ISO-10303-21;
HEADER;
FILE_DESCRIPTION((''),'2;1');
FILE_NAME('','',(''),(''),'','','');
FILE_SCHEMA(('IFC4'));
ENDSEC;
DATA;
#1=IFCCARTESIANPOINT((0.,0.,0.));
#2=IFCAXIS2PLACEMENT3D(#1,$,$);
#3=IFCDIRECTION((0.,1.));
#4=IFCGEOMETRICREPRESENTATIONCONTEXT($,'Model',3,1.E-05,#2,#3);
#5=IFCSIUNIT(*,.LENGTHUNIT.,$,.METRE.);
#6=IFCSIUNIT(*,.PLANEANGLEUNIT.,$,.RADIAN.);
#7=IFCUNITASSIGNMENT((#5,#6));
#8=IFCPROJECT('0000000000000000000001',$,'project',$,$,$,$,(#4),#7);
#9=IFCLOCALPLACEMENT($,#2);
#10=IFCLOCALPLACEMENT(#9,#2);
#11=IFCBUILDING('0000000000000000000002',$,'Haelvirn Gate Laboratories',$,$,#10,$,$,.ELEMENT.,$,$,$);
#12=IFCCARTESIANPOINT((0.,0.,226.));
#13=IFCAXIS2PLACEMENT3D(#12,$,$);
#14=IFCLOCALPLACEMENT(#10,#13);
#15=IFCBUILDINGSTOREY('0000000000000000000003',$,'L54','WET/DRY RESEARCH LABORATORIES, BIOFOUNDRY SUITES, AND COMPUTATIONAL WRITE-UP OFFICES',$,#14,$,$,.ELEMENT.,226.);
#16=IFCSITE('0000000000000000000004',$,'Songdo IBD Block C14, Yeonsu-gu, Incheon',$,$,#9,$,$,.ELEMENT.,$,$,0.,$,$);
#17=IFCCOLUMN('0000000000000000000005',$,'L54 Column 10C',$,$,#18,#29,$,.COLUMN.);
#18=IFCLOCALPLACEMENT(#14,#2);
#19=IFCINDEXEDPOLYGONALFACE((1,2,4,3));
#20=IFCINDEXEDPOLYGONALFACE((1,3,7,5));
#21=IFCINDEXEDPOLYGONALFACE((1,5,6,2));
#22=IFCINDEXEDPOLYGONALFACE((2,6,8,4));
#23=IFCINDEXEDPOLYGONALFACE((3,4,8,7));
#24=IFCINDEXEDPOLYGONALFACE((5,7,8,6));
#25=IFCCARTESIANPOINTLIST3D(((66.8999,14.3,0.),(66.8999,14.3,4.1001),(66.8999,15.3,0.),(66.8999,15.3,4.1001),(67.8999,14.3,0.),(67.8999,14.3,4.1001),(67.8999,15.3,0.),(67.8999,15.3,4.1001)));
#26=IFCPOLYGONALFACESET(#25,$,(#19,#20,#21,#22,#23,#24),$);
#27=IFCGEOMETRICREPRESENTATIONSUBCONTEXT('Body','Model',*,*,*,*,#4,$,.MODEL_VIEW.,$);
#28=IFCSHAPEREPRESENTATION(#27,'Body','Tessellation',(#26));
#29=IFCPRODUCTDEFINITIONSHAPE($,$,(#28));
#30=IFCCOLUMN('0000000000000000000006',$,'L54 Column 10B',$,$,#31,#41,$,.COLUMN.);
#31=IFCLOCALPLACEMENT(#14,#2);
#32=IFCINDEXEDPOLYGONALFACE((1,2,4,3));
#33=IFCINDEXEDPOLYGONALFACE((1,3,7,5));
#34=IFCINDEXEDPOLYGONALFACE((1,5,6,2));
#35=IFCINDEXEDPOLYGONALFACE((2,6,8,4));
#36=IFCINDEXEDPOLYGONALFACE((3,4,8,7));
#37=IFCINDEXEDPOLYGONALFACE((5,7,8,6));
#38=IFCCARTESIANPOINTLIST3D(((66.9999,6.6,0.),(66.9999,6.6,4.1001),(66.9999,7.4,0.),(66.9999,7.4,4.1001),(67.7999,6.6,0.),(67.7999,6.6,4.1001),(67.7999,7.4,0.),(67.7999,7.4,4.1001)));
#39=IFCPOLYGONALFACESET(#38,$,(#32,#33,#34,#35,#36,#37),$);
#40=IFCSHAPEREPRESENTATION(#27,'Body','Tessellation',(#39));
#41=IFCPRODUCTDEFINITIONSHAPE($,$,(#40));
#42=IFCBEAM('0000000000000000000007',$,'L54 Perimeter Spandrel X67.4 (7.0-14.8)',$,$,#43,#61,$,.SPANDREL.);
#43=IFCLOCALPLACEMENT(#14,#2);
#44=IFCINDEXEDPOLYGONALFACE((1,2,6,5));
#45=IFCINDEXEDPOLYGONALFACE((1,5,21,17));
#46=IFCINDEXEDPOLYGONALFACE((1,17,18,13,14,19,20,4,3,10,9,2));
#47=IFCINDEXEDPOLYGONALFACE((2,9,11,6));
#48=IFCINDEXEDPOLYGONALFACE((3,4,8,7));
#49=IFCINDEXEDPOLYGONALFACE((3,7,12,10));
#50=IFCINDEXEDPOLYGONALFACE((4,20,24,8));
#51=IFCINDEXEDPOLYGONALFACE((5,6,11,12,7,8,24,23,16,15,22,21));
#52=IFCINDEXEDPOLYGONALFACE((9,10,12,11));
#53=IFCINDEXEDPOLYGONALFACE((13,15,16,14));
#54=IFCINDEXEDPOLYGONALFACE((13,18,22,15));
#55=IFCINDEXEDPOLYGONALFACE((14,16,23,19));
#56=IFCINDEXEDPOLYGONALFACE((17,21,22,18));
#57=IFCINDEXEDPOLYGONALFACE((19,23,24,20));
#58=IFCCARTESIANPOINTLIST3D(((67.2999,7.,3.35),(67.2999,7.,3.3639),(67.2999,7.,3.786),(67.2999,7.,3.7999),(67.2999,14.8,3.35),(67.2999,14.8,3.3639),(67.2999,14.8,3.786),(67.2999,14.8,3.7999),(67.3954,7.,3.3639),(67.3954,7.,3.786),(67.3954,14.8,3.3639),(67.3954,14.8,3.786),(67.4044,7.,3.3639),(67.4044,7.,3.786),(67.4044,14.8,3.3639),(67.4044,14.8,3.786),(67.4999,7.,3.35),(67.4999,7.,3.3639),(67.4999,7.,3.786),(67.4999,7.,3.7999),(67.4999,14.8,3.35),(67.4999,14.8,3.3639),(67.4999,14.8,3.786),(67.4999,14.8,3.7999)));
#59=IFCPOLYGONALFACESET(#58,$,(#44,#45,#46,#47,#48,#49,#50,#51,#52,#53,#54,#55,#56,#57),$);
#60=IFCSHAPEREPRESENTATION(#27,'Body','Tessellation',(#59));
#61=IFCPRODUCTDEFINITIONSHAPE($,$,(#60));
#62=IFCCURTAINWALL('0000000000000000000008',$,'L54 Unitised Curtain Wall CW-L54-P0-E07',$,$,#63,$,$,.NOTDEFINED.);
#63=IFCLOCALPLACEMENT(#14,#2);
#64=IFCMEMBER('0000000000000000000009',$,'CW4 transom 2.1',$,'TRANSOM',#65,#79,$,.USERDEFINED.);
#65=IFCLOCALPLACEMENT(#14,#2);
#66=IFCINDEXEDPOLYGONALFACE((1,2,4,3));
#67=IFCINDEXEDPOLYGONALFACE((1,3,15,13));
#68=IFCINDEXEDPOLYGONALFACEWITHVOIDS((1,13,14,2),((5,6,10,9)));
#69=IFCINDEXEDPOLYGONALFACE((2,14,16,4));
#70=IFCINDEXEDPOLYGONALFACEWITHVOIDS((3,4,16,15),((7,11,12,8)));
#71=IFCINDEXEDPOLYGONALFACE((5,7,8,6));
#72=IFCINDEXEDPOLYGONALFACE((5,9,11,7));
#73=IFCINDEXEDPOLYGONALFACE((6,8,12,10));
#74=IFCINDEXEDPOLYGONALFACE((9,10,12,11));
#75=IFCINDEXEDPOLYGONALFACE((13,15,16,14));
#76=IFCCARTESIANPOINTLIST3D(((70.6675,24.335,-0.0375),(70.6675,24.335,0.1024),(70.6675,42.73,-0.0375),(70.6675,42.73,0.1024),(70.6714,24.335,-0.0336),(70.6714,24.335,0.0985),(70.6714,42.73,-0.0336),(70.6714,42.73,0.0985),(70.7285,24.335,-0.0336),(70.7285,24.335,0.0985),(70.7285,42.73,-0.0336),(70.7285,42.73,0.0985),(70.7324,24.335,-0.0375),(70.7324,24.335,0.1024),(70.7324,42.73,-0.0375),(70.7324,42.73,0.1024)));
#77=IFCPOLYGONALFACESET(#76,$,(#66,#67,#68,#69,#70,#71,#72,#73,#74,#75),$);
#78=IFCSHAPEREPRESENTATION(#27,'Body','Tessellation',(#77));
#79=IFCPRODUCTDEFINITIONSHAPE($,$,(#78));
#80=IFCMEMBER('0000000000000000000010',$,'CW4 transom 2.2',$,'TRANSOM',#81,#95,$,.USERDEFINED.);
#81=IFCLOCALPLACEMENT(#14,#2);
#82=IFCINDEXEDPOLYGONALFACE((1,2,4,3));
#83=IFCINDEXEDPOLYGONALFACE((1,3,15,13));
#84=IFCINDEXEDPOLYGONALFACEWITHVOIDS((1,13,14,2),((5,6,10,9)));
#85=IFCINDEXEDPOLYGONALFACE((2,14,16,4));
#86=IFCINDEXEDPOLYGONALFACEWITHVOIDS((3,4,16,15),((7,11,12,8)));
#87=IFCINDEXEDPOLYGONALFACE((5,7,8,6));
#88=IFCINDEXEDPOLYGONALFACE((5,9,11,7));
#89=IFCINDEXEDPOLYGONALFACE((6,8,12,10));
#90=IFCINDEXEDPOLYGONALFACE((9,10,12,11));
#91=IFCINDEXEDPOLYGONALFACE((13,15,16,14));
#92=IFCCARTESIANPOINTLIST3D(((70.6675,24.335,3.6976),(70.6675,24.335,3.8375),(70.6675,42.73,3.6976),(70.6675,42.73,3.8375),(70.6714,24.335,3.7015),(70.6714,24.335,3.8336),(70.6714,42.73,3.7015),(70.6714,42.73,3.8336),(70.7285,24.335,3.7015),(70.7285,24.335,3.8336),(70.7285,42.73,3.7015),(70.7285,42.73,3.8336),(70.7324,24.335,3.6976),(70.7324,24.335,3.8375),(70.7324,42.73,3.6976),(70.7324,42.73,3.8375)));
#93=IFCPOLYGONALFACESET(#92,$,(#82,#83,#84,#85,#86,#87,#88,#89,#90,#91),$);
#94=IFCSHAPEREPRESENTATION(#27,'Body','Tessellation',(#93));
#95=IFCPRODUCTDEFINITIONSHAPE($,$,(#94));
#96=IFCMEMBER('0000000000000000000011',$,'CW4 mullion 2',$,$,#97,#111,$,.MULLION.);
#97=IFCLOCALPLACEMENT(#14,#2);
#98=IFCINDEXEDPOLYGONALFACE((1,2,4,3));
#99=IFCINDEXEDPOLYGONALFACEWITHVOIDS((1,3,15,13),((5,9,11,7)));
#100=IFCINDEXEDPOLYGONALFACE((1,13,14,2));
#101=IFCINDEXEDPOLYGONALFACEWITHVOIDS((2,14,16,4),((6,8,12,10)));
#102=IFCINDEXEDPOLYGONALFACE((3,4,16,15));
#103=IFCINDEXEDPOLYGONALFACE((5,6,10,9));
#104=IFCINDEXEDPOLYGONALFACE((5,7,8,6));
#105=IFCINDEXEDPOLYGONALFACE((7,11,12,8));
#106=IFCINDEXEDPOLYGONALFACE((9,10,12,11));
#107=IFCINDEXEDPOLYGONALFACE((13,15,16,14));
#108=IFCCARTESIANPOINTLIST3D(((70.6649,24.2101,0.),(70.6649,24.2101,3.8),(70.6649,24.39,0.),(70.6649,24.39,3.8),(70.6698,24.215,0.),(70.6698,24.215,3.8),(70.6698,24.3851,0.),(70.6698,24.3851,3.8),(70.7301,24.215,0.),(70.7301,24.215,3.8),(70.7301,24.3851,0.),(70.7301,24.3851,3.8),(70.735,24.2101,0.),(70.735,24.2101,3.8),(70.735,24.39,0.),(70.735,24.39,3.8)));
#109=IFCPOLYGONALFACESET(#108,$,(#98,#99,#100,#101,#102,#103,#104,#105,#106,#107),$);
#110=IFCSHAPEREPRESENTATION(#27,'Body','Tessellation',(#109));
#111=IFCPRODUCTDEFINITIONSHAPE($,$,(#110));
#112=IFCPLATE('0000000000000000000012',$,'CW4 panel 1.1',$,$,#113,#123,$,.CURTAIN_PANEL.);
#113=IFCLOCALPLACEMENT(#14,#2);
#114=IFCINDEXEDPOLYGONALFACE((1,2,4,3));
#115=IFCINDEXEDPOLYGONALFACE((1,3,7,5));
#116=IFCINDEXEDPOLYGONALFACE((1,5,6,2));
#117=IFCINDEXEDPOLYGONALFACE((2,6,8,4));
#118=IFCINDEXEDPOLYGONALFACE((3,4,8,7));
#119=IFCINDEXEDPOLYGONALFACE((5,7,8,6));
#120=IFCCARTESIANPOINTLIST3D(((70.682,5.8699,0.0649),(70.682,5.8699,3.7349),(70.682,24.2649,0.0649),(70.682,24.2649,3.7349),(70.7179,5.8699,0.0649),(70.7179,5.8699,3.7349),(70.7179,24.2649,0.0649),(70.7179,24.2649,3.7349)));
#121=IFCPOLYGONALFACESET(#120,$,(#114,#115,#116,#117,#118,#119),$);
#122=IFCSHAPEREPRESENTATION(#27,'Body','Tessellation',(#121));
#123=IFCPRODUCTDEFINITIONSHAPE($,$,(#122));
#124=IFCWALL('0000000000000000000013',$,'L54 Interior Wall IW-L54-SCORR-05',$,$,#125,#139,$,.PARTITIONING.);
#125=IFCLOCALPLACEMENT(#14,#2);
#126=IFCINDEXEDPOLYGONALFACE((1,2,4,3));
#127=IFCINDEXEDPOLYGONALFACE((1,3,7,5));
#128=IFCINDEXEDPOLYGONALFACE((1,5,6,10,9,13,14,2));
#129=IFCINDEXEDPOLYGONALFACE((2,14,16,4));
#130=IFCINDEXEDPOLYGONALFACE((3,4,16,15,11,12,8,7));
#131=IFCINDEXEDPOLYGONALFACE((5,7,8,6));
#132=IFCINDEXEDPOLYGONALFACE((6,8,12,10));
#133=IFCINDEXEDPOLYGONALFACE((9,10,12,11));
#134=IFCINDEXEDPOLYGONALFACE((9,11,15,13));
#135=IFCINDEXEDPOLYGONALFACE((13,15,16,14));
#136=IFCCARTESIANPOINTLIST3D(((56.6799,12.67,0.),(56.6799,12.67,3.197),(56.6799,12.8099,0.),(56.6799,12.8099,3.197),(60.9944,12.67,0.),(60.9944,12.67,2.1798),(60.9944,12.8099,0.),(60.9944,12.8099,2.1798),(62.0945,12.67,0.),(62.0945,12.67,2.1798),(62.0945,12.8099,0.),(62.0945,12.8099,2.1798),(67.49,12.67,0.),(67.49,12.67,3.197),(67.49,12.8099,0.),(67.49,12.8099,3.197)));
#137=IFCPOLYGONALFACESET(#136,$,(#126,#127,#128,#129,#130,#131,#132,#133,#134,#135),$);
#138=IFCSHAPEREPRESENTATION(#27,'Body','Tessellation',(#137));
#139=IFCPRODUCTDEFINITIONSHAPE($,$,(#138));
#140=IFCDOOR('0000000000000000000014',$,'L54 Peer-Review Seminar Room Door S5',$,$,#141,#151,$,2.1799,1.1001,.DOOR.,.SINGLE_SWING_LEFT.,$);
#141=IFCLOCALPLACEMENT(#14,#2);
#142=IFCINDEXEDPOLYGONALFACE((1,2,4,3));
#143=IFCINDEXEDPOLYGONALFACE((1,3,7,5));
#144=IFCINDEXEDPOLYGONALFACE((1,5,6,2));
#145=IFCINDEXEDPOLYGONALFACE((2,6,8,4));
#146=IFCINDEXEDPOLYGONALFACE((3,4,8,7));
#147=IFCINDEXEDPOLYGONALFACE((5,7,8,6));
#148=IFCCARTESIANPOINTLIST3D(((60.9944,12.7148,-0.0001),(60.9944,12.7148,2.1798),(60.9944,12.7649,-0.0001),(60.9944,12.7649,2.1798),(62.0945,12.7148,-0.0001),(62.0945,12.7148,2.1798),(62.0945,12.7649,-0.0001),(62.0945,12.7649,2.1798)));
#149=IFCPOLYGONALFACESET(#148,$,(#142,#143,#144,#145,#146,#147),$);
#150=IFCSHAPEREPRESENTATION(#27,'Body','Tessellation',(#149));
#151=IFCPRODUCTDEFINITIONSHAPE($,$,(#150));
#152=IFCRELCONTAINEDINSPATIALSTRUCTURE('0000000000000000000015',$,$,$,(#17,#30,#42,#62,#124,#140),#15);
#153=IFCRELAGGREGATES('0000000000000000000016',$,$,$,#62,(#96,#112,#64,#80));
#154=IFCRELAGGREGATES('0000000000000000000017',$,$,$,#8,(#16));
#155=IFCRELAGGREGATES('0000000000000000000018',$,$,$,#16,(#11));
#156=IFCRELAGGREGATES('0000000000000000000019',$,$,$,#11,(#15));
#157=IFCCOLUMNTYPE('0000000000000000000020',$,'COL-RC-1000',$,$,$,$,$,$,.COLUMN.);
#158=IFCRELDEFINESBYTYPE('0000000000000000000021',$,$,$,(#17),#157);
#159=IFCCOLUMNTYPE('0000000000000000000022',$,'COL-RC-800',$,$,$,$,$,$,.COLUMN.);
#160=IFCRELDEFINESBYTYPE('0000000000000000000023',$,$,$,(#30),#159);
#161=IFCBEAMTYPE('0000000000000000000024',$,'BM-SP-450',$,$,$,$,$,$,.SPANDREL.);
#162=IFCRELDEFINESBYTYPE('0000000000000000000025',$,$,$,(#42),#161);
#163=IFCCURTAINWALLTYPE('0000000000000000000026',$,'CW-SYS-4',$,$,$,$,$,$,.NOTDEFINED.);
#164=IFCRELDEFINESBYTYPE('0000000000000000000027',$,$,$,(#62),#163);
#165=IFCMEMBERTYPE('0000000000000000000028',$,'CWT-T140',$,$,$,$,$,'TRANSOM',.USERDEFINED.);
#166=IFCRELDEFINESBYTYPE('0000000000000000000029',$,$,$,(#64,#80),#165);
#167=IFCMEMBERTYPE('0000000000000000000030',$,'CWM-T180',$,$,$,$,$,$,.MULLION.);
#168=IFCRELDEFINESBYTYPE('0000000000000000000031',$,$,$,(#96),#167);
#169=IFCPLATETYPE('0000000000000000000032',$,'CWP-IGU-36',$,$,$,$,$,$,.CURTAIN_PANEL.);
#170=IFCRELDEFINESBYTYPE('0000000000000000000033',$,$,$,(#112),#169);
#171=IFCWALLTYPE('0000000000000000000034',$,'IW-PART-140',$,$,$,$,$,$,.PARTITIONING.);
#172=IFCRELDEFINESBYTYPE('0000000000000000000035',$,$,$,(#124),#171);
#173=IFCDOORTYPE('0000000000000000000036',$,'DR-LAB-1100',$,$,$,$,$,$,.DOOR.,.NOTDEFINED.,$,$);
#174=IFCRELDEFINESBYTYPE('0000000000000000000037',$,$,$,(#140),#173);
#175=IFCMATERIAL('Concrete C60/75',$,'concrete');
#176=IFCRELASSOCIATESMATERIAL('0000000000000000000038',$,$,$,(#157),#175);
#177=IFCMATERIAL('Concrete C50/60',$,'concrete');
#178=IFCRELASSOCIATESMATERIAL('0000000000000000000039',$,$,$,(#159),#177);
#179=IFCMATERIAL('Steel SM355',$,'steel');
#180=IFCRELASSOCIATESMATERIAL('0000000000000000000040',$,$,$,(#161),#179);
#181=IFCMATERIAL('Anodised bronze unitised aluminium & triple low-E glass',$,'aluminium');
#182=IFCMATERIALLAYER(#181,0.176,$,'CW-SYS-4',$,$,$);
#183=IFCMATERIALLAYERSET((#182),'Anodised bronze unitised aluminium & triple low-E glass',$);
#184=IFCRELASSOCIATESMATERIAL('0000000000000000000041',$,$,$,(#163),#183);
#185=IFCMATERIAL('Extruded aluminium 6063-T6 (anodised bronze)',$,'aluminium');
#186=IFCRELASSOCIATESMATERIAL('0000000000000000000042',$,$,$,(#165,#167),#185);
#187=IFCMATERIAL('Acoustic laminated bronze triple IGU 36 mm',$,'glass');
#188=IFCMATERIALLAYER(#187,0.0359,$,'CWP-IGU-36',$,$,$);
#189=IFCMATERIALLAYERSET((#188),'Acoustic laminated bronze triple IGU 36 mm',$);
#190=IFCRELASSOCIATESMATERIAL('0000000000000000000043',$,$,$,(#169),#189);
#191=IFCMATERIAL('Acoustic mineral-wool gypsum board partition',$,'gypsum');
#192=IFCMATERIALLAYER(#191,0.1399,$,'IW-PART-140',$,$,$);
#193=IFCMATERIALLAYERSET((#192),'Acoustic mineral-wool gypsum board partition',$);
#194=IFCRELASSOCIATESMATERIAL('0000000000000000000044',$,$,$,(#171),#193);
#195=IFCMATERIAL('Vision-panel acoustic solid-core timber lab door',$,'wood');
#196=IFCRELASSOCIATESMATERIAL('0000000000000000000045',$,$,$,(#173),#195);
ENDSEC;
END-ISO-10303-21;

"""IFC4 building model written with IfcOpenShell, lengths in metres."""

from ifc_helpers import new_model, si_unit, direction, frame, frame_2d, origin, origin_2d, place, context, subcontext, project, spatial, rectangle, hollow_rectangle, i_section, extrude, source, transform, mapped, material, layer, layer_set, material_profile, profile_set, type_object, type_shapes, element, fill, aggregate, save


model = new_model("IFC4")

# Units and contexts
model_context = context("Model", 3, precision=1e-05, world=origin(), true_north=direction((0.0, 1.0)))
body_context = subcontext(model_context, "Body", "Model", "MODEL_VIEW")
ifc_project = project(units=[si_unit("LENGTHUNIT", "METRE"), si_unit("PLANEANGLEUNIT", "RADIAN")], contexts=[model_context])

# Site, building, storey
site_placement = place(None, origin())
site = spatial("IfcSite", under=ifc_project, at=site_placement, Name="Songdo IBD Block C14, Yeonsu-gu, Incheon", CompositionType="ELEMENT", RefElevation=0.0)
building_placement = place(site_placement, origin())
building = spatial("IfcBuilding", under=site, at=building_placement, Name="Haelvirn Gate Laboratories", CompositionType="ELEMENT")
storey_placement = place(building_placement, frame((0.0, 0.0, 226.0)))
storey = spatial("IfcBuildingStorey", under=building, at=storey_placement, Name="L54", Description="WET/DRY RESEARCH LABORATORIES, BIOFOUNDRY SUITES, AND COMPUTATIONAL WRITE-UP OFFICES", CompositionType="ELEMENT", Elevation=226.0)

# Columns
ifc_material_1 = material(Name="Concrete C60/75", Category="concrete")
ifc_material_profile_1 = material_profile(ifc_material_1, rectangle(XDim=1.0, YDim=1.0, at=origin_2d()), Name="RC-1000x1000")
ifc_profile_set_1 = profile_set([ifc_material_profile_1], Name="Concrete C60/75")
column_type_1 = type_object("IfcColumnType", Name="COL-RC-1000", PredefinedType="COLUMN", material=ifc_profile_set_1)
shared_shape_1 = source(origin(), body_context, "Body", "SweptSolid", [
    extrude(rectangle(XDim=1.0, YDim=1.0, at=origin_2d()), origin(), (0.0, 0.0, 1.0), 4.1001),
])
type_shapes(column_type_1, [shared_shape_1])
column_1_placement = place(storey_placement, frame((67.3999, 14.8, 0.0), z_axis=(0.0, 0.0, 1.0), x_axis=(1.0, 0.0, 0.0)))
element("IfcColumn", 1, at=column_1_placement, inside=storey, type_object=column_type_1, Name="L54 Column 10C", PredefinedType="COLUMN", context=body_context, shape_type="MappedRepresentation", body=[
    mapped(shared_shape_1, transform((0.0, 0.0, 0.0), scale=1.0)),
])
ifc_material_2 = material(Name="Concrete C50/60", Category="concrete")
ifc_material_profile_2 = material_profile(ifc_material_2, rectangle(XDim=0.8, YDim=0.8, at=origin_2d()), Name="RC-800x800")
ifc_profile_set_2 = profile_set([ifc_material_profile_2], Name="Concrete C50/60")
column_type_2 = type_object("IfcColumnType", Name="COL-RC-800", PredefinedType="COLUMN", material=ifc_profile_set_2)
shared_shape_2 = source(origin(), body_context, "Body", "SweptSolid", [
    extrude(rectangle(XDim=0.8, YDim=0.8, at=origin_2d()), origin(), (0.0, 0.0, 1.0), 4.1001),
])
type_shapes(column_type_2, [shared_shape_2])
column_2_placement = place(storey_placement, frame((67.3999, 7.0, 0.0), z_axis=(0.0, 0.0, 1.0), x_axis=(1.0, 0.0, 0.0)))
element("IfcColumn", 2, at=column_2_placement, inside=storey, type_object=column_type_2, Name="L54 Column 10B", PredefinedType="COLUMN", context=body_context, shape_type="MappedRepresentation", body=[
    mapped(shared_shape_2, transform((0.0, 0.0, 0.0), scale=1.0)),
])

# Beam
ifc_material_3 = material(Name="Steel SM355", Category="steel")
ifc_material_profile_3 = material_profile(ifc_material_3, i_section(OverallWidth=0.2, OverallDepth=0.45, WebThickness=0.009, FlangeThickness=0.0139, at=origin_2d()), Name="H-450x200x9x14")
ifc_profile_set_3 = profile_set([ifc_material_profile_3], Name="Steel SM355")
beam_type = type_object("IfcBeamType", Name="BM-SP-450", PredefinedType="SPANDREL", material=ifc_profile_set_3)
shared_shape_3 = source(origin(), body_context, "Body", "SweptSolid", [
    extrude(i_section(OverallWidth=0.2, OverallDepth=0.45, WebThickness=0.009, FlangeThickness=0.0139, at=origin_2d()), origin(), (0.0, 0.0, 1.0), 7.8),
])
type_shapes(beam_type, [shared_shape_3])
beam_placement = place(storey_placement, frame((67.3999, 7.0, 3.575), z_axis=(0.0, 1.0, 0.0), x_axis=(-1.0, 0.0, 0.0)))
element("IfcBeam", 3, at=beam_placement, inside=storey, type_object=beam_type, Name="L54 Perimeter Spandrel X67.4 (7.0-14.8)", PredefinedType="SPANDREL", context=body_context, shape_type="MappedRepresentation", body=[
    mapped(shared_shape_3, transform((0.0, 0.0, 0.0), scale=1.0)),
])

# Curtain wall, members, plate
ifc_material_4 = material(Name="Anodised bronze unitised aluminium & triple low-E glass", Category="aluminium")
ifc_layer_1 = layer(ifc_material_4, 0.176, Name="CW-SYS-4")
ifc_layer_set_1 = layer_set([ifc_layer_1], Name="Anodised bronze unitised aluminium & triple low-E glass")
curtain_wall_type = type_object("IfcCurtainWallType", Name="CW-SYS-4", PredefinedType="NOTDEFINED", material=ifc_layer_set_1)
curtain_wall_placement = place(storey_placement, origin())
curtain_wall = element("IfcCurtainWall", 4, at=curtain_wall_placement, inside=storey, type_object=curtain_wall_type, Name="L54 Unitised Curtain Wall CW-L54-P0-E07", PredefinedType="NOTDEFINED")
ifc_material_5 = material(Name="Extruded aluminium 6063-T6 (anodised bronze)", Category="aluminium")
ifc_material_profile_4 = material_profile(ifc_material_5, hollow_rectangle(XDim=0.0649, YDim=0.1399, WallThickness=0.0039, at=origin_2d()), Name="CWT-140x65x4")
ifc_profile_set_4 = profile_set([ifc_material_profile_4], Name="Extruded aluminium 6063-T6 (anodised bronze)")
member_type_1 = type_object("IfcMemberType", Name="CWT-T140", ElementType="TRANSOM", PredefinedType="USERDEFINED", material=ifc_profile_set_4)
shared_shape_4 = source(origin(), body_context, "Body", "SweptSolid", [
    extrude(hollow_rectangle(XDim=0.0649, YDim=0.1399, WallThickness=0.0039, at=origin_2d()), origin(), (0.0, 0.0, 1.0), 18.395),
])
type_shapes(member_type_1, [shared_shape_4])
member_1_placement = place(storey_placement, frame((70.7, 24.335, 0.0325), z_axis=(0.0, 1.0, 0.0), x_axis=(-1.0, 0.0, 0.0)))
member_1 = element("IfcMember", 5, at=member_1_placement, type_object=member_type_1, Name="CW4 transom 2.1", ObjectType="TRANSOM", PredefinedType="USERDEFINED", context=body_context, shape_type="MappedRepresentation", body=[
    mapped(shared_shape_4, transform((0.0, 0.0, 0.0), scale=1.0)),
])
member_2_placement = place(storey_placement, frame((70.7, 24.335, 3.7676), z_axis=(0.0, 1.0, 0.0), x_axis=(-1.0, 0.0, 0.0)))
member_2 = element("IfcMember", 6, at=member_2_placement, type_object=member_type_1, Name="CW4 transom 2.2", ObjectType="TRANSOM", PredefinedType="USERDEFINED", context=body_context, shape_type="MappedRepresentation", body=[
    mapped(shared_shape_4, transform((0.0, 0.0, 0.0), scale=1.0)),
])
ifc_material_profile_5 = material_profile(ifc_material_5, hollow_rectangle(XDim=0.0701, YDim=0.1799, WallThickness=0.0049, at=origin_2d()), Name="CWM-180x70x5")
ifc_profile_set_5 = profile_set([ifc_material_profile_5], Name="Extruded aluminium 6063-T6 (anodised bronze)")
member_type_2 = type_object("IfcMemberType", Name="CWM-T180", PredefinedType="MULLION", material=ifc_profile_set_5)
shared_shape_5 = source(origin(), body_context, "Body", "SweptSolid", [
    extrude(hollow_rectangle(XDim=0.0701, YDim=0.1799, WallThickness=0.0049, at=origin_2d()), origin(), (0.0, 0.0, 1.0), 3.8),
])
type_shapes(member_type_2, [shared_shape_5])
member_3_placement = place(storey_placement, frame((70.7, 24.3, 0.0), z_axis=(0.0, 0.0, 1.0), x_axis=(-1.0, 0.0, 0.0)))
member_3 = element("IfcMember", 7, at=member_3_placement, type_object=member_type_2, Name="CW4 mullion 2", PredefinedType="MULLION", context=body_context, shape_type="MappedRepresentation", body=[
    mapped(shared_shape_5, transform((0.0, 0.0, 0.0), scale=1.0)),
])
ifc_material_6 = material(Name="Acoustic laminated bronze triple IGU 36 mm", Category="glass")
ifc_layer_2 = layer(ifc_material_6, 0.0359, Name="CWP-IGU-36")
ifc_layer_set_2 = layer_set([ifc_layer_2], Name="Acoustic laminated bronze triple IGU 36 mm")
plate_type = type_object("IfcPlateType", Name="CWP-IGU-36", PredefinedType="CURTAIN_PANEL", material=ifc_layer_set_2)
shared_shape_6 = source(origin(), body_context, "Body", "SweptSolid", [
    extrude(rectangle(XDim=18.395, YDim=0.0359, at=origin_2d()), origin(), (0.0, 0.0, 1.0), 3.6699),
])
type_shapes(plate_type, [shared_shape_6])
plate_placement = place(storey_placement, frame((70.7, 15.0674, 0.0649), z_axis=(0.0, 0.0, 1.0), x_axis=(0.0, 1.0, 0.0)))
plate = element("IfcPlate", 8, at=plate_placement, type_object=plate_type, Name="CW4 panel 1.1", PredefinedType="CURTAIN_PANEL", context=body_context, shape_type="MappedRepresentation", body=[
    mapped(shared_shape_6, transform((0.0, 0.0, 0.0), scale=1.0)),
])
aggregate(curtain_wall, [member_3, plate, member_1, member_2])

# Wall, opening, door
ifc_material_7 = material(Name="Acoustic mineral-wool gypsum board partition", Category="gypsum")
ifc_layer_3 = layer(ifc_material_7, 0.1399, Name="IW-PART-140")
ifc_layer_set_3 = layer_set([ifc_layer_3], Name="Acoustic mineral-wool gypsum board partition")
wall_type_1 = type_object("IfcWallType", Name="IW-PART-140", PredefinedType="PARTITIONING", material=ifc_layer_set_3)
wall_1_placement = place(storey_placement, frame((56.6799, 12.74, 0.0), z_axis=(0.0, 0.0, 1.0), x_axis=(1.0, 0.0, 0.0)))
wall_1 = element("IfcWall", 9, at=wall_1_placement, inside=storey, type_object=wall_type_1, Name="L54 Interior Wall IW-L54-SCORR-05", PredefinedType="PARTITIONING", context=body_context, shape_type="SweptSolid", body=[
    extrude(rectangle(XDim=10.8101, YDim=0.1399, at=frame_2d((5.405, 0.0))), origin(), (0.0, 0.0, 1.0), 3.197),
])
opening_1_placement = place(wall_1_placement, frame((4.3145, 0.0, 0.0)))
opening_1 = element("IfcOpeningElement", 10, at=opening_1_placement, cuts=wall_1, PredefinedType="OPENING", context=body_context, shape_type="SweptSolid", body=[
    extrude(rectangle(XDim=1.1001, YDim=2.1799, at=frame_2d((0.55, 1.0898))), frame((0.0, 0.0801, 0.0), z_axis=(0.0, -1.0, 0.0), x_axis=(1.0, 0.0, 0.0)), (0.0, 0.0, 1.0), 0.1599),
])
ifc_material_8 = material(Name="Vision-panel acoustic solid-core timber lab door", Category="wood")
door_type_1 = type_object("IfcDoorType", Name="DR-LAB-1100", OperationType="NOTDEFINED", PredefinedType="DOOR", material=ifc_material_8)
shared_shape_7 = source(origin(), body_context, "Body", "SweptSolid", [
    extrude(rectangle(XDim=1.1001, YDim=2.1799, at=frame_2d((0.55, 1.0898))), frame((0.0, 0.0249, 0.0), z_axis=(0.0, -1.0, 0.0), x_axis=(1.0, 0.0, 0.0)), (0.0, 0.0, 1.0), 0.05),
])
type_shapes(door_type_1, [shared_shape_7])
door_1_placement = place(opening_1_placement, origin())
door_1 = element("IfcDoor", 11, at=door_1_placement, inside=storey, type_object=door_type_1, Name="L54 Peer-Review Seminar Room Door S5", OperationType="SINGLE_SWING_LEFT", OverallHeight=2.1799, OverallWidth=1.1001, PredefinedType="DOOR", context=body_context, shape_type="MappedRepresentation", body=[
    mapped(shared_shape_7, transform((0.0, 0.0, 0.0), scale=1.0)),
])
fill(opening_1, door_1)

save(model, "model.ifc")
